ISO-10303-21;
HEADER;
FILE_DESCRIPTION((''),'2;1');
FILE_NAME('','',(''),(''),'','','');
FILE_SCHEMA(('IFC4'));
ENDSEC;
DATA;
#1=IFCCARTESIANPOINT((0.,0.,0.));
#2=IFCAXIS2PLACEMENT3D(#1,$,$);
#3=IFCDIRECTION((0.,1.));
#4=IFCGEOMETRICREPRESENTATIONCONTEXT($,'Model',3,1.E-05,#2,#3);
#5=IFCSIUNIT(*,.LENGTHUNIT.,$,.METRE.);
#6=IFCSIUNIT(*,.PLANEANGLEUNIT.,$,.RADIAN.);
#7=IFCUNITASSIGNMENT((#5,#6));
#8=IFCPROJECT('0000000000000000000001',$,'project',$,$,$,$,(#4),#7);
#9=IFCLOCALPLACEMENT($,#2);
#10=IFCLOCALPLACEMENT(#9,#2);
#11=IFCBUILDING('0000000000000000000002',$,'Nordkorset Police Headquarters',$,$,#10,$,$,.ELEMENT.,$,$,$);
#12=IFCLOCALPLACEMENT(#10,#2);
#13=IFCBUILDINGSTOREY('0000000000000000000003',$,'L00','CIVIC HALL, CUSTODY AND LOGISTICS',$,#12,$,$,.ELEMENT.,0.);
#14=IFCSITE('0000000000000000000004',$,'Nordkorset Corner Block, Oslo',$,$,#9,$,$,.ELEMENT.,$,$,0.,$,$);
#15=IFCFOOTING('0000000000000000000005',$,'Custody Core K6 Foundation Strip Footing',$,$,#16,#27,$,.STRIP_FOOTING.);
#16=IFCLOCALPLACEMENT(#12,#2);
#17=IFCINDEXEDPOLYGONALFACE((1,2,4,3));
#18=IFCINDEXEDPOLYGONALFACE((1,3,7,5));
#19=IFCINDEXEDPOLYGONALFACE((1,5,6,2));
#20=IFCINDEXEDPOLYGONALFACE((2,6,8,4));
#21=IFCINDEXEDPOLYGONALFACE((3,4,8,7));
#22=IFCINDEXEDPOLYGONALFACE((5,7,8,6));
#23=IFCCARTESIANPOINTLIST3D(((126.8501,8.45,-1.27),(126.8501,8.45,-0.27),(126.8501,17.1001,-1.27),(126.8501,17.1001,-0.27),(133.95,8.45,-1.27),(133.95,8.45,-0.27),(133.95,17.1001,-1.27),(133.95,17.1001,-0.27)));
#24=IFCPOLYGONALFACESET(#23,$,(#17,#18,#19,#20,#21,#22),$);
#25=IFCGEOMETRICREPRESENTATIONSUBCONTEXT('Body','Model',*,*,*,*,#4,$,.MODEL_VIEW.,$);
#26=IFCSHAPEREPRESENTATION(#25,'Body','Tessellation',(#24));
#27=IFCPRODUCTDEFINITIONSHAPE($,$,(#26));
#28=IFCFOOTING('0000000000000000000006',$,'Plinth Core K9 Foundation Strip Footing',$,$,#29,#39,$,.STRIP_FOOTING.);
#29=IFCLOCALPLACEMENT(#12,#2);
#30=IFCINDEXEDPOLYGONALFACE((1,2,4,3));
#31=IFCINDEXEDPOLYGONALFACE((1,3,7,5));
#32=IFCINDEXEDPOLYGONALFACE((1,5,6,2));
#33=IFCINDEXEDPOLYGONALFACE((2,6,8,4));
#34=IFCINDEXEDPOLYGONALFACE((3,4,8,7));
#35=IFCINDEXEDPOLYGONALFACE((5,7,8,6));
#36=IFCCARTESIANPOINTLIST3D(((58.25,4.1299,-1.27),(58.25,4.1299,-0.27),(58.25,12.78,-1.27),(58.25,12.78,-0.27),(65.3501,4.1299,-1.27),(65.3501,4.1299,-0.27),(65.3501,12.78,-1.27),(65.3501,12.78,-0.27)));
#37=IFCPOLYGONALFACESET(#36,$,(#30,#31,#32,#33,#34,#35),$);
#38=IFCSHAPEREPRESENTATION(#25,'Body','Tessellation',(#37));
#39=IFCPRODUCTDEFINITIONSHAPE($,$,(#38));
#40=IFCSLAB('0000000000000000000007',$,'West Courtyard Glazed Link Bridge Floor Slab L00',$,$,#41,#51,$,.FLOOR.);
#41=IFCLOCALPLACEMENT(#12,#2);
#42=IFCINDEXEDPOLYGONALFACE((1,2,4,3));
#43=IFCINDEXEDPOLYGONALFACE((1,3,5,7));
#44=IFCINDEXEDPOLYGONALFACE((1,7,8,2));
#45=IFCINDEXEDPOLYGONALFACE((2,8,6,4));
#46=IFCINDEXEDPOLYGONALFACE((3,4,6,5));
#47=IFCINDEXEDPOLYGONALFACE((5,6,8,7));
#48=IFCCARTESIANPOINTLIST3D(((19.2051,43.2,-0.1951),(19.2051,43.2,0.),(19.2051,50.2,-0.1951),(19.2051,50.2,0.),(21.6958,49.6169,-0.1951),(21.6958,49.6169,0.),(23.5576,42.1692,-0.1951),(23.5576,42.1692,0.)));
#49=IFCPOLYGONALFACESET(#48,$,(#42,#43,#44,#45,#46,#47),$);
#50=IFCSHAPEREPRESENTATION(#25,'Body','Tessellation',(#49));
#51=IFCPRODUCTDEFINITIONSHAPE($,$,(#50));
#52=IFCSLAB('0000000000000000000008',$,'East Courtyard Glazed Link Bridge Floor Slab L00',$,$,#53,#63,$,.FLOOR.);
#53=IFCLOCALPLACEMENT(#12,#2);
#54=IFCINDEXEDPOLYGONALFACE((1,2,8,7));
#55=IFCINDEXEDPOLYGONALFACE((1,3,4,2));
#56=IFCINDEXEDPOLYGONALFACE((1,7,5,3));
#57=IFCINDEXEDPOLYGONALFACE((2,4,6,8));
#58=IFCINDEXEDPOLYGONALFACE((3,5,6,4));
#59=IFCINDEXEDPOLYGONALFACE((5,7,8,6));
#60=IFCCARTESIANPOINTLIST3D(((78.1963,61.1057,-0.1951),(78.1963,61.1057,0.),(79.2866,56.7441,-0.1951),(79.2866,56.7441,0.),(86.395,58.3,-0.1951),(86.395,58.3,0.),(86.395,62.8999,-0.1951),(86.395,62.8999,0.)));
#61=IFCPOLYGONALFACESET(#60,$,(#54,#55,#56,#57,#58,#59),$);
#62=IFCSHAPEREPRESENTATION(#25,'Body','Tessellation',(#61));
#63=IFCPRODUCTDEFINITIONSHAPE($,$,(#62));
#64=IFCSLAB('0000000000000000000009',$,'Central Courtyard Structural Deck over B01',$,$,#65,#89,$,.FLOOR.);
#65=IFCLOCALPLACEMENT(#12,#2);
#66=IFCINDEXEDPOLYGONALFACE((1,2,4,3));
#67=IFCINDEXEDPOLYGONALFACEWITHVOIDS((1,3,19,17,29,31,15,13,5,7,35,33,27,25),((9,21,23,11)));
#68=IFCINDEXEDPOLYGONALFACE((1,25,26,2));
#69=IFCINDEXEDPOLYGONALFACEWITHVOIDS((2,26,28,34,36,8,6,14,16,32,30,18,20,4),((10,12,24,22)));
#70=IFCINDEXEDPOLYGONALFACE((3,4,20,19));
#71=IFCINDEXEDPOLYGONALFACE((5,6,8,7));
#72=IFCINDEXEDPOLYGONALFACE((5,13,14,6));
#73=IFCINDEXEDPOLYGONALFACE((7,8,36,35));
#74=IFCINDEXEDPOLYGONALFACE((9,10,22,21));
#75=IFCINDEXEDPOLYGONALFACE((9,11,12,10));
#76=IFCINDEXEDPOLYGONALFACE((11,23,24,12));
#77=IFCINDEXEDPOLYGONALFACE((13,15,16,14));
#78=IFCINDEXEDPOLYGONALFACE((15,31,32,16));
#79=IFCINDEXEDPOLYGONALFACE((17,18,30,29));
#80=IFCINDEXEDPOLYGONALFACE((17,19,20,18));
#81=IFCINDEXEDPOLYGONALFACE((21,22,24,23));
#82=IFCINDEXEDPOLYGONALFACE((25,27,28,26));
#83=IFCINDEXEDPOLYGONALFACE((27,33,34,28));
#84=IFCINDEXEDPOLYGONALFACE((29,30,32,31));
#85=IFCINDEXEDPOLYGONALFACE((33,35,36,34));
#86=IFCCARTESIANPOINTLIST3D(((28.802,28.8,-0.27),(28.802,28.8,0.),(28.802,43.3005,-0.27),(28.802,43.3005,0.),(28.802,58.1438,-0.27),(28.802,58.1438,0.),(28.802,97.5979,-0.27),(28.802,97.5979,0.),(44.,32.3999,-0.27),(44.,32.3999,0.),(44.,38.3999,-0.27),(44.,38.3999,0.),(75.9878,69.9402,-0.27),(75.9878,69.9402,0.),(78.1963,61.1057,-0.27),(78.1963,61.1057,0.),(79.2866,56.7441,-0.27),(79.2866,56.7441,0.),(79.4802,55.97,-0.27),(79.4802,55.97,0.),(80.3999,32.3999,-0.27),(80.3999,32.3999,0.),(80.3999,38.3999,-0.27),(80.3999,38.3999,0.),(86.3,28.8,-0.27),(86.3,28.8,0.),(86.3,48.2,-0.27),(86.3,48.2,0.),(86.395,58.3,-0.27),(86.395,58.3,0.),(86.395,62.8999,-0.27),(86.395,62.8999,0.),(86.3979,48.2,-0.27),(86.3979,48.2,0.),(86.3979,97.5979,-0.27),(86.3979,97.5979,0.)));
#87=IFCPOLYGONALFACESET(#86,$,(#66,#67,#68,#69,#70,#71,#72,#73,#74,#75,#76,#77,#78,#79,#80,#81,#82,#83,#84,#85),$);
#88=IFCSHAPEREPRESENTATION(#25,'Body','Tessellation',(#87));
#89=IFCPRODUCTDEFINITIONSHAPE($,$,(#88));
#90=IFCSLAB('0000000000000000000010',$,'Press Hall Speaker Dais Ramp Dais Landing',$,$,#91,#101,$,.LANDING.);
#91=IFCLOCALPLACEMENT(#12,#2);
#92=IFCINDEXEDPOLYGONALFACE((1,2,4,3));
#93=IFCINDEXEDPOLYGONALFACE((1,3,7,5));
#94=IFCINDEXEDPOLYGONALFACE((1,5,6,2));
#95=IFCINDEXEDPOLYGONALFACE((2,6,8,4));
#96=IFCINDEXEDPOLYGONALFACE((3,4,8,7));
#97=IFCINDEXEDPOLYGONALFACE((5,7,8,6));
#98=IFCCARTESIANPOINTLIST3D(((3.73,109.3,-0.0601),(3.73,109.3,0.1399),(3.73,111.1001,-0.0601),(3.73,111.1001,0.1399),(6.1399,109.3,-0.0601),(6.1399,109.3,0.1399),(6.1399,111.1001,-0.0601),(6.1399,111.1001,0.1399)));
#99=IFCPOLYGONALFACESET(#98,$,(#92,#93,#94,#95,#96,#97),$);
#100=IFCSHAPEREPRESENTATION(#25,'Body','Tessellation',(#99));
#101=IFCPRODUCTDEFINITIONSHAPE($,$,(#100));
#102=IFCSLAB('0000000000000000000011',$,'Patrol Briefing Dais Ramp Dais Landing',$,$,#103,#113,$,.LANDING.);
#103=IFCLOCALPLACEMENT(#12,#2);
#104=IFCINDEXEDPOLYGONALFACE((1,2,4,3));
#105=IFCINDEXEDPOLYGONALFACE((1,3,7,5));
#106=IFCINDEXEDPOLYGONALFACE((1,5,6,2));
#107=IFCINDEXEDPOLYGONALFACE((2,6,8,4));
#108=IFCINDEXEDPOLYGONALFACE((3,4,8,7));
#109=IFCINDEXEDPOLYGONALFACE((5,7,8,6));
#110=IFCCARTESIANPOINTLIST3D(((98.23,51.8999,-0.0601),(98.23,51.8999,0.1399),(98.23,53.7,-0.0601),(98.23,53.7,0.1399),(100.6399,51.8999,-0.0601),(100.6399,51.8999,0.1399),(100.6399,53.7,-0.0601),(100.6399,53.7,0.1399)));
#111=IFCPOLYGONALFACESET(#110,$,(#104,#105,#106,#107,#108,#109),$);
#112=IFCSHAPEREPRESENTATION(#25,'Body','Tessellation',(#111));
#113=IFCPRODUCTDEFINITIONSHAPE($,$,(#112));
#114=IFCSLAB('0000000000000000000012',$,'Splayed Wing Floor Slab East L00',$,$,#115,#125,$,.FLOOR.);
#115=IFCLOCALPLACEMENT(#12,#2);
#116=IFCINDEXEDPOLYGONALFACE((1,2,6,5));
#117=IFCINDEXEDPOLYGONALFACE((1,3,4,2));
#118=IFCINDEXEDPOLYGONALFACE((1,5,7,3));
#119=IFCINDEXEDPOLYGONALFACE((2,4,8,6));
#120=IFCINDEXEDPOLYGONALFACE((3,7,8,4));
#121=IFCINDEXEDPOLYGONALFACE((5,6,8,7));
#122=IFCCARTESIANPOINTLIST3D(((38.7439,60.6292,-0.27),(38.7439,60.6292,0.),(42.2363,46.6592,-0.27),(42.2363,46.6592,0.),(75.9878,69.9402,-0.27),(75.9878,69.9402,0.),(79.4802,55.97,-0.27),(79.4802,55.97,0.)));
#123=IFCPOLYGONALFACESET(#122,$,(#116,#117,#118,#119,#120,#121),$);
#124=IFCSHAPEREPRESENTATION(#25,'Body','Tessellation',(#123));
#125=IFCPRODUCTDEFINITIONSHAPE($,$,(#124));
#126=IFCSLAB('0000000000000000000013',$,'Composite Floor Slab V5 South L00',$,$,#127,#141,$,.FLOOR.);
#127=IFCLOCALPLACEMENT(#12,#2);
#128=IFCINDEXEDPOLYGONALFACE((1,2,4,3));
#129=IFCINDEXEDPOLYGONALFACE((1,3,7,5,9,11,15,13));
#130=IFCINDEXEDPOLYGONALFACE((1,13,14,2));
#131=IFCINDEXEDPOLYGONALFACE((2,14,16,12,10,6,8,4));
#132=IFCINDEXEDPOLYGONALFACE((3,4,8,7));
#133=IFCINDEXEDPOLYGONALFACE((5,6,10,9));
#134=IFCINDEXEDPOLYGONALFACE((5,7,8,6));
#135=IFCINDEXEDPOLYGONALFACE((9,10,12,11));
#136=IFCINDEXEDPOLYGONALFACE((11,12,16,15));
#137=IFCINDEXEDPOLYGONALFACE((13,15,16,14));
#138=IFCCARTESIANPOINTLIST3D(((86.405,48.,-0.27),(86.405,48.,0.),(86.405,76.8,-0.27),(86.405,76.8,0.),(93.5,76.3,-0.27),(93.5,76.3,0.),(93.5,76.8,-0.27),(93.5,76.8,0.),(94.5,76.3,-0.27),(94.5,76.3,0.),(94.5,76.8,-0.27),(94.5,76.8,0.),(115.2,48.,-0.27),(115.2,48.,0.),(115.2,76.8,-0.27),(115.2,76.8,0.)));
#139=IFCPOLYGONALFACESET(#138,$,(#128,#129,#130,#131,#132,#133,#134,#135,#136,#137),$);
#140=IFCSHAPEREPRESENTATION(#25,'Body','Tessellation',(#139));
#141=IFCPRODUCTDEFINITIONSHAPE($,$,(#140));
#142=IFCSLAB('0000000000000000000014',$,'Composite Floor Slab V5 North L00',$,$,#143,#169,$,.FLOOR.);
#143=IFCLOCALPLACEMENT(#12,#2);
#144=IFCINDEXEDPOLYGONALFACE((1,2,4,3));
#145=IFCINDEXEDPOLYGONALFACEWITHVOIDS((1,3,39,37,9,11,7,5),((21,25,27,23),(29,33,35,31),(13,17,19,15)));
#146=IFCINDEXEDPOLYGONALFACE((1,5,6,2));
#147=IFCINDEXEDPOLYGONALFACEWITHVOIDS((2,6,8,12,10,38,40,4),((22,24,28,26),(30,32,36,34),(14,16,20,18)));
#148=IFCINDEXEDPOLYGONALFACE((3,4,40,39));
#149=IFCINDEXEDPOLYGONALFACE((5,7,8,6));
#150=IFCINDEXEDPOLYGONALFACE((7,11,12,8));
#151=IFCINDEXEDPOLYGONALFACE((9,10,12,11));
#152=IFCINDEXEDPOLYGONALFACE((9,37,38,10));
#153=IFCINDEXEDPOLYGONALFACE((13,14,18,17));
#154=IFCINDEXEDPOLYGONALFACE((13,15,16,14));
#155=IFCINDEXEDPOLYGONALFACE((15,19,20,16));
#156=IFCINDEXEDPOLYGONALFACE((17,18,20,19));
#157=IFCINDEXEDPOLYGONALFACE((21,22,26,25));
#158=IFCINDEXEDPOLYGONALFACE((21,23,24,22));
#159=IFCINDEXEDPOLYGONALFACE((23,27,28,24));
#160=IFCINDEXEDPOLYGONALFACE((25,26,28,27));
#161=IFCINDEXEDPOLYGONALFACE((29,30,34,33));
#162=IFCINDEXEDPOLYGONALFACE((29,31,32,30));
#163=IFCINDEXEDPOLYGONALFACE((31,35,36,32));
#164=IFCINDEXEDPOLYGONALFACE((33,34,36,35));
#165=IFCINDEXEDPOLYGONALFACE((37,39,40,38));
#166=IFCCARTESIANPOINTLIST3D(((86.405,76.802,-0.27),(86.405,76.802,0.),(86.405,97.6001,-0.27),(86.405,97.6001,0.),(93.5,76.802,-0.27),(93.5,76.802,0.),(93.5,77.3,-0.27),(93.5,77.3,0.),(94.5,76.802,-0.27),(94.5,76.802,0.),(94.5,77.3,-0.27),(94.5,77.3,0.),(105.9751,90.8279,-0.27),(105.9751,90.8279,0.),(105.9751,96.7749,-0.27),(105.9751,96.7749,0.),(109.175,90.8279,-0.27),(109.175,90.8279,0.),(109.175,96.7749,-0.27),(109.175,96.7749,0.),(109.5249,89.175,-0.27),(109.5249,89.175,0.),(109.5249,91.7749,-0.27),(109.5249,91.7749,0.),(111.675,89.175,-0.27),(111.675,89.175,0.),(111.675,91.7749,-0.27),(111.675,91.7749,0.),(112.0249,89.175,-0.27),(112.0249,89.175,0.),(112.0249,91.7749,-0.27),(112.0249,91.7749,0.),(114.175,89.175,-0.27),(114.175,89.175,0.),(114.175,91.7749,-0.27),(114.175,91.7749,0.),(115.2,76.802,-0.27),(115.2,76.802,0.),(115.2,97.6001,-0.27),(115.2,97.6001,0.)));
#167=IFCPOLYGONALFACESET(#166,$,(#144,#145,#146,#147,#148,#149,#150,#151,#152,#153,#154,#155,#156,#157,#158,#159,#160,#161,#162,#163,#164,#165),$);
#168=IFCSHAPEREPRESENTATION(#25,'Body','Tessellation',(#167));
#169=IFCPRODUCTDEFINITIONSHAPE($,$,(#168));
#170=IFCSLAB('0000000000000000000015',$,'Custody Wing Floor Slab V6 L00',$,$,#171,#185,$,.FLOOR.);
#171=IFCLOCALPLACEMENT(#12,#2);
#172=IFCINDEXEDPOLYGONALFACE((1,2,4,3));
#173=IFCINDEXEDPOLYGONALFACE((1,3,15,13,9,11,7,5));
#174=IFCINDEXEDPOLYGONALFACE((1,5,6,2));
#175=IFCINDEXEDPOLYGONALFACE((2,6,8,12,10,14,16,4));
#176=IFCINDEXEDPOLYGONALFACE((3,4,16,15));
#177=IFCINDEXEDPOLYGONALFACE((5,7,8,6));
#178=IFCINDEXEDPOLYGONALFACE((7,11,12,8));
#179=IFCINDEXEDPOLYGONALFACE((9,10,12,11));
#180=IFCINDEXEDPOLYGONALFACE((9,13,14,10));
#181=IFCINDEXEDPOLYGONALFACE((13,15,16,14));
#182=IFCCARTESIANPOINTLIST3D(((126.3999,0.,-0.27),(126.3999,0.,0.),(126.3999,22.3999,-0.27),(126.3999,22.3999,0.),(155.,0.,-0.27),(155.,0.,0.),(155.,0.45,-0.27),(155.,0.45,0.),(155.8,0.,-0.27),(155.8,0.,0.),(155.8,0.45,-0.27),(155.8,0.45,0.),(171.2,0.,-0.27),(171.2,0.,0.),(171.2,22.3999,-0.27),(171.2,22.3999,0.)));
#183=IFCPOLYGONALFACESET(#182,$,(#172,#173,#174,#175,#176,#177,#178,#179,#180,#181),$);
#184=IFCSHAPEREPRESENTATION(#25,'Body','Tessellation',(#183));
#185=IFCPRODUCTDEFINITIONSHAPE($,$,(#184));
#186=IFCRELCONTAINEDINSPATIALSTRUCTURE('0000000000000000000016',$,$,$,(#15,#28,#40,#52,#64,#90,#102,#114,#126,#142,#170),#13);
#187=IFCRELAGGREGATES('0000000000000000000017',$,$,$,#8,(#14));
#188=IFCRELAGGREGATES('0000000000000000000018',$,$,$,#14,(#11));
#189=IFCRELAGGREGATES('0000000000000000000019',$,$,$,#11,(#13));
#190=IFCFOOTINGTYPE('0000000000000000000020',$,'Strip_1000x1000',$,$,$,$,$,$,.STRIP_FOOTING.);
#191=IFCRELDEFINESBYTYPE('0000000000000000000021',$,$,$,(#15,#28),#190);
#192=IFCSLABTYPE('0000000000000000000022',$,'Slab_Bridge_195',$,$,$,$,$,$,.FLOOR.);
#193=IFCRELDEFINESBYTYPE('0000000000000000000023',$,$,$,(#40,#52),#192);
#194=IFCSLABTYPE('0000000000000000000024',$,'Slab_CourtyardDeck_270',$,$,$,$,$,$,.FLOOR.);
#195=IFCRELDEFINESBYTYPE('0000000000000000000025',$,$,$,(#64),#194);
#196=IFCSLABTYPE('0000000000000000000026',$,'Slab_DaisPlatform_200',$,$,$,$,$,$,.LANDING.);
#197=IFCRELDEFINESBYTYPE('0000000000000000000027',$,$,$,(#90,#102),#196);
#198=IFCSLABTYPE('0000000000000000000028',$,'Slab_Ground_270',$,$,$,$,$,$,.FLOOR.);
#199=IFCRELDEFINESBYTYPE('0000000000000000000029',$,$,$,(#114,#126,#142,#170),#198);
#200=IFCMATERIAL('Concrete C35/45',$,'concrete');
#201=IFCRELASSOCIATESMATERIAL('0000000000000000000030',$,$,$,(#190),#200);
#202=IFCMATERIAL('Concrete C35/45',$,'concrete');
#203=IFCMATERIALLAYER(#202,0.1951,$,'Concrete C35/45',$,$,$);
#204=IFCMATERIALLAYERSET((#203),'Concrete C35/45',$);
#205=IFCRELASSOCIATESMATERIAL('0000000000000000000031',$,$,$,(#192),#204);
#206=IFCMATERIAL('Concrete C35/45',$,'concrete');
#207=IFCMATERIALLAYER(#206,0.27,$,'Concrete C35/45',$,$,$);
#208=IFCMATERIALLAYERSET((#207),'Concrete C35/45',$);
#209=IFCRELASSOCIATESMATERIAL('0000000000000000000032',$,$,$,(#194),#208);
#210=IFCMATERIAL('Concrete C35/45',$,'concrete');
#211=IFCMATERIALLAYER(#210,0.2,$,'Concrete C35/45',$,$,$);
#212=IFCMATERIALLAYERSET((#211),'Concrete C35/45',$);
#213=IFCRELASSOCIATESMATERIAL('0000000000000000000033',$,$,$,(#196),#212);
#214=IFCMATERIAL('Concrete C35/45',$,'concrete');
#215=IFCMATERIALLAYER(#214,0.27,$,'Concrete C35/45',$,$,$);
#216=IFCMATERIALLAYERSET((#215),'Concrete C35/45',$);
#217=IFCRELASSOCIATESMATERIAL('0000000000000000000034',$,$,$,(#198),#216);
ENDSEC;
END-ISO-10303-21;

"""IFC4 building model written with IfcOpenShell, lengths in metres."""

from ifc_helpers import new_model, si_unit, direction, frame, origin, place, context, subcontext, project, spatial, polyline, outline, extrude, material, layer, layer_set, type_object, element, save


model = new_model("IFC4")

# Units and contexts
model_context = context("Model", 3, precision=1e-05, world=origin(), true_north=direction((0.0, 1.0)))
body_context = subcontext(model_context, "Body", "Model", "MODEL_VIEW")
ifc_project = project(units=[si_unit("LENGTHUNIT", "METRE"), si_unit("PLANEANGLEUNIT", "RADIAN")], contexts=[model_context])

# Site, building, storey
site_placement = place(None, origin())
site = spatial("IfcSite", under=ifc_project, at=site_placement, Name="Nordkorset Corner Block, Oslo", CompositionType="ELEMENT", RefElevation=0.0)
building_placement = place(site_placement, origin())
building = spatial("IfcBuilding", under=site, at=building_placement, Name="Nordkorset Police Headquarters", CompositionType="ELEMENT")
storey_placement = place(building_placement, origin())
storey = spatial("IfcBuildingStorey", under=building, at=storey_placement, Name="L00", Description="CIVIC HALL, CUSTODY AND LOGISTICS", CompositionType="ELEMENT", Elevation=0.0)

# Footings
ifc_material_1 = material(Name="Concrete C35/45", Category="concrete")
footing_type = type_object("IfcFootingType", Name="Strip_1000x1000", PredefinedType="STRIP_FOOTING", material=ifc_material_1)
footing_1_placement = place(storey_placement, frame((0.0, 0.0, -1.27)))
element("IfcFooting", 1, at=footing_1_placement, inside=storey, type_object=footing_type, Name="Custody Core K6 Foundation Strip Footing", PredefinedType="STRIP_FOOTING", context=body_context, shape_type="SweptSolid", body=[
    extrude(outline(polyline([(126.8501, 8.45), (133.95, 8.45), (133.95, 17.1001), (126.8501, 17.1001), (126.8501, 8.45)])), origin(), (0.0, 0.0, 1.0), 1.0),
])
footing_2_placement = place(storey_placement, frame((0.0, 0.0, -1.27)))
element("IfcFooting", 2, at=footing_2_placement, inside=storey, type_object=footing_type, Name="Plinth Core K9 Foundation Strip Footing", PredefinedType="STRIP_FOOTING", context=body_context, shape_type="SweptSolid", body=[
    extrude(outline(polyline([(58.25, 4.1299), (65.3501, 4.1299), (65.3501, 12.78), (58.25, 12.78), (58.25, 4.1299)])), origin(), (0.0, 0.0, 1.0), 1.0),
])

# Slabs
ifc_material_2 = material(Name="Concrete C35/45", Category="concrete")
ifc_layer_1 = layer(ifc_material_2, 0.1951, Name="Concrete C35/45")
ifc_layer_set_1 = layer_set([ifc_layer_1], Name="Concrete C35/45")
slab_type_1 = type_object("IfcSlabType", Name="Slab_Bridge_195", PredefinedType="FLOOR", material=ifc_layer_set_1)
slab_1_placement = place(storey_placement, frame((0.0, 0.0, -0.1951)))
element("IfcSlab", 3, at=slab_1_placement, inside=storey, type_object=slab_type_1, Name="West Courtyard Glazed Link Bridge Floor Slab L00", PredefinedType="FLOOR", context=body_context, shape_type="SweptSolid", body=[
    extrude(outline(polyline([(19.2051, 43.2), (19.2051, 50.2), (21.6958, 49.6169), (23.5576, 42.1692), (19.2051, 43.2)])), origin(), (0.0, 0.0, 1.0), 0.1951),
])
slab_2_placement = place(storey_placement, frame((0.0, 0.0, -0.1951)))
element("IfcSlab", 4, at=slab_2_placement, inside=storey, type_object=slab_type_1, Name="East Courtyard Glazed Link Bridge Floor Slab L00", PredefinedType="FLOOR", context=body_context, shape_type="SweptSolid", body=[
    extrude(outline(polyline([(86.395, 62.8999), (86.395, 58.3), (79.2866, 56.7441), (78.1963, 61.1057), (86.395, 62.8999)])), origin(), (0.0, 0.0, 1.0), 0.1951),
])
ifc_material_3 = material(Name="Concrete C35/45", Category="concrete")
ifc_layer_2 = layer(ifc_material_3, 0.27, Name="Concrete C35/45")
ifc_layer_set_2 = layer_set([ifc_layer_2], Name="Concrete C35/45")
slab_type_2 = type_object("IfcSlabType", Name="Slab_CourtyardDeck_270", PredefinedType="FLOOR", material=ifc_layer_set_2)
slab_3_placement = place(storey_placement, frame((0.0, 0.0, -0.27)))
element("IfcSlab", 5, at=slab_3_placement, inside=storey, type_object=slab_type_2, Name="Central Courtyard Structural Deck over B01", PredefinedType="FLOOR", context=body_context, shape_type="SweptSolid", body=[
    extrude(outline(polyline([(86.3, 48.2), (86.3, 28.8), (28.802, 28.8), (28.802, 43.3005), (79.4802, 55.97), (79.2866, 56.7441), (86.395, 58.3), (86.395, 62.8999), (78.1963, 61.1057), (75.9878, 69.9402), (28.802, 58.1438), (28.802, 97.5979), (86.3979, 97.5979), (86.3979, 48.2), (86.3, 48.2)]), holes=[polyline([(80.3999, 32.3999), (80.3999, 38.3999), (44.0, 38.3999), (44.0, 32.3999), (80.3999, 32.3999)])]), origin(), (0.0, 0.0, 1.0), 0.27),
])
ifc_material_4 = material(Name="Concrete C35/45", Category="concrete")
ifc_layer_3 = layer(ifc_material_4, 0.2, Name="Concrete C35/45")
ifc_layer_set_3 = layer_set([ifc_layer_3], Name="Concrete C35/45")
slab_type_3 = type_object("IfcSlabType", Name="Slab_DaisPlatform_200", PredefinedType="LANDING", material=ifc_layer_set_3)
slab_4_placement = place(storey_placement, frame((0.0, 0.0, -0.0601)))
element("IfcSlab", 6, at=slab_4_placement, inside=storey, type_object=slab_type_3, Name="Press Hall Speaker Dais Ramp Dais Landing", PredefinedType="LANDING", context=body_context, shape_type="SweptSolid", body=[
    extrude(outline(polyline([(3.73, 109.3), (6.1399, 109.3), (6.1399, 111.1001), (3.73, 111.1001), (3.73, 109.3)])), origin(), (0.0, 0.0, 1.0), 0.2),
])
slab_5_placement = place(storey_placement, frame((0.0, 0.0, -0.0601)))
element("IfcSlab", 7, at=slab_5_placement, inside=storey, type_object=slab_type_3, Name="Patrol Briefing Dais Ramp Dais Landing", PredefinedType="LANDING", context=body_context, shape_type="SweptSolid", body=[
    extrude(outline(polyline([(98.23, 51.8999), (100.6399, 51.8999), (100.6399, 53.7), (98.23, 53.7), (98.23, 51.8999)])), origin(), (0.0, 0.0, 1.0), 0.2),
])
ifc_material_5 = material(Name="Concrete C35/45", Category="concrete")
ifc_layer_4 = layer(ifc_material_5, 0.27, Name="Concrete C35/45")
ifc_layer_set_4 = layer_set([ifc_layer_4], Name="Concrete C35/45")
slab_type_4 = type_object("IfcSlabType", Name="Slab_Ground_270", PredefinedType="FLOOR", material=ifc_layer_set_4)
slab_6_placement = place(storey_placement, frame((0.0, 0.0, -0.27)))
element("IfcSlab", 8, at=slab_6_placement, inside=storey, type_object=slab_type_4, Name="Splayed Wing Floor Slab East L00", PredefinedType="FLOOR", context=body_context, shape_type="SweptSolid", body=[
    extrude(outline(polyline([(42.2363, 46.6592), (79.4802, 55.97), (75.9878, 69.9402), (38.7439, 60.6292), (42.2363, 46.6592)])), origin(), (0.0, 0.0, 1.0), 0.27),
])
slab_7_placement = place(storey_placement, frame((0.0, 0.0, -0.27)))
element("IfcSlab", 9, at=slab_7_placement, inside=storey, type_object=slab_type_4, Name="Composite Floor Slab V5 South L00", PredefinedType="FLOOR", context=body_context, shape_type="SweptSolid", body=[
    extrude(outline(polyline([(86.405, 48.0), (115.2, 48.0), (115.2, 76.8), (94.5, 76.8), (94.5, 76.3), (93.5, 76.3), (93.5, 76.8), (86.405, 76.8), (86.405, 48.0)])), origin(), (0.0, 0.0, 1.0), 0.27),
])
slab_8_placement = place(storey_placement, frame((0.0, 0.0, -0.27)))
element("IfcSlab", 10, at=slab_8_placement, inside=storey, type_object=slab_type_4, Name="Composite Floor Slab V5 North L00", PredefinedType="FLOOR", context=body_context, shape_type="SweptSolid", body=[
    extrude(outline(polyline([(115.2, 76.802), (94.5, 76.802), (94.5, 77.3), (93.5, 77.3), (93.5, 76.802), (86.405, 76.802), (86.405, 97.6001), (115.2, 97.6001), (115.2, 76.802)]), holes=[polyline([(105.9751, 90.8279), (109.175, 90.8279), (109.175, 96.7749), (105.9751, 96.7749), (105.9751, 90.8279)]), polyline([(109.5249, 91.7749), (109.5249, 89.175), (111.675, 89.175), (111.675, 91.7749), (109.5249, 91.7749)]), polyline([(114.175, 91.7749), (112.0249, 91.7749), (112.0249, 89.175), (114.175, 89.175), (114.175, 91.7749)])]), origin(), (0.0, 0.0, 1.0), 0.27),
])
slab_9_placement = place(storey_placement, frame((0.0, 0.0, -0.27)))
element("IfcSlab", 11, at=slab_9_placement, inside=storey, type_object=slab_type_4, Name="Custody Wing Floor Slab V6 L00", PredefinedType="FLOOR", context=body_context, shape_type="SweptSolid", body=[
    extrude(outline(polyline([(126.3999, 0.0), (155.0, 0.0), (155.0, 0.45), (155.8, 0.45), (155.8, 0.0), (171.2, 0.0), (171.2, 22.3999), (126.3999, 22.3999), (126.3999, 0.0)])), origin(), (0.0, 0.0, 1.0), 0.27),
])

save(model, "model.ifc")
